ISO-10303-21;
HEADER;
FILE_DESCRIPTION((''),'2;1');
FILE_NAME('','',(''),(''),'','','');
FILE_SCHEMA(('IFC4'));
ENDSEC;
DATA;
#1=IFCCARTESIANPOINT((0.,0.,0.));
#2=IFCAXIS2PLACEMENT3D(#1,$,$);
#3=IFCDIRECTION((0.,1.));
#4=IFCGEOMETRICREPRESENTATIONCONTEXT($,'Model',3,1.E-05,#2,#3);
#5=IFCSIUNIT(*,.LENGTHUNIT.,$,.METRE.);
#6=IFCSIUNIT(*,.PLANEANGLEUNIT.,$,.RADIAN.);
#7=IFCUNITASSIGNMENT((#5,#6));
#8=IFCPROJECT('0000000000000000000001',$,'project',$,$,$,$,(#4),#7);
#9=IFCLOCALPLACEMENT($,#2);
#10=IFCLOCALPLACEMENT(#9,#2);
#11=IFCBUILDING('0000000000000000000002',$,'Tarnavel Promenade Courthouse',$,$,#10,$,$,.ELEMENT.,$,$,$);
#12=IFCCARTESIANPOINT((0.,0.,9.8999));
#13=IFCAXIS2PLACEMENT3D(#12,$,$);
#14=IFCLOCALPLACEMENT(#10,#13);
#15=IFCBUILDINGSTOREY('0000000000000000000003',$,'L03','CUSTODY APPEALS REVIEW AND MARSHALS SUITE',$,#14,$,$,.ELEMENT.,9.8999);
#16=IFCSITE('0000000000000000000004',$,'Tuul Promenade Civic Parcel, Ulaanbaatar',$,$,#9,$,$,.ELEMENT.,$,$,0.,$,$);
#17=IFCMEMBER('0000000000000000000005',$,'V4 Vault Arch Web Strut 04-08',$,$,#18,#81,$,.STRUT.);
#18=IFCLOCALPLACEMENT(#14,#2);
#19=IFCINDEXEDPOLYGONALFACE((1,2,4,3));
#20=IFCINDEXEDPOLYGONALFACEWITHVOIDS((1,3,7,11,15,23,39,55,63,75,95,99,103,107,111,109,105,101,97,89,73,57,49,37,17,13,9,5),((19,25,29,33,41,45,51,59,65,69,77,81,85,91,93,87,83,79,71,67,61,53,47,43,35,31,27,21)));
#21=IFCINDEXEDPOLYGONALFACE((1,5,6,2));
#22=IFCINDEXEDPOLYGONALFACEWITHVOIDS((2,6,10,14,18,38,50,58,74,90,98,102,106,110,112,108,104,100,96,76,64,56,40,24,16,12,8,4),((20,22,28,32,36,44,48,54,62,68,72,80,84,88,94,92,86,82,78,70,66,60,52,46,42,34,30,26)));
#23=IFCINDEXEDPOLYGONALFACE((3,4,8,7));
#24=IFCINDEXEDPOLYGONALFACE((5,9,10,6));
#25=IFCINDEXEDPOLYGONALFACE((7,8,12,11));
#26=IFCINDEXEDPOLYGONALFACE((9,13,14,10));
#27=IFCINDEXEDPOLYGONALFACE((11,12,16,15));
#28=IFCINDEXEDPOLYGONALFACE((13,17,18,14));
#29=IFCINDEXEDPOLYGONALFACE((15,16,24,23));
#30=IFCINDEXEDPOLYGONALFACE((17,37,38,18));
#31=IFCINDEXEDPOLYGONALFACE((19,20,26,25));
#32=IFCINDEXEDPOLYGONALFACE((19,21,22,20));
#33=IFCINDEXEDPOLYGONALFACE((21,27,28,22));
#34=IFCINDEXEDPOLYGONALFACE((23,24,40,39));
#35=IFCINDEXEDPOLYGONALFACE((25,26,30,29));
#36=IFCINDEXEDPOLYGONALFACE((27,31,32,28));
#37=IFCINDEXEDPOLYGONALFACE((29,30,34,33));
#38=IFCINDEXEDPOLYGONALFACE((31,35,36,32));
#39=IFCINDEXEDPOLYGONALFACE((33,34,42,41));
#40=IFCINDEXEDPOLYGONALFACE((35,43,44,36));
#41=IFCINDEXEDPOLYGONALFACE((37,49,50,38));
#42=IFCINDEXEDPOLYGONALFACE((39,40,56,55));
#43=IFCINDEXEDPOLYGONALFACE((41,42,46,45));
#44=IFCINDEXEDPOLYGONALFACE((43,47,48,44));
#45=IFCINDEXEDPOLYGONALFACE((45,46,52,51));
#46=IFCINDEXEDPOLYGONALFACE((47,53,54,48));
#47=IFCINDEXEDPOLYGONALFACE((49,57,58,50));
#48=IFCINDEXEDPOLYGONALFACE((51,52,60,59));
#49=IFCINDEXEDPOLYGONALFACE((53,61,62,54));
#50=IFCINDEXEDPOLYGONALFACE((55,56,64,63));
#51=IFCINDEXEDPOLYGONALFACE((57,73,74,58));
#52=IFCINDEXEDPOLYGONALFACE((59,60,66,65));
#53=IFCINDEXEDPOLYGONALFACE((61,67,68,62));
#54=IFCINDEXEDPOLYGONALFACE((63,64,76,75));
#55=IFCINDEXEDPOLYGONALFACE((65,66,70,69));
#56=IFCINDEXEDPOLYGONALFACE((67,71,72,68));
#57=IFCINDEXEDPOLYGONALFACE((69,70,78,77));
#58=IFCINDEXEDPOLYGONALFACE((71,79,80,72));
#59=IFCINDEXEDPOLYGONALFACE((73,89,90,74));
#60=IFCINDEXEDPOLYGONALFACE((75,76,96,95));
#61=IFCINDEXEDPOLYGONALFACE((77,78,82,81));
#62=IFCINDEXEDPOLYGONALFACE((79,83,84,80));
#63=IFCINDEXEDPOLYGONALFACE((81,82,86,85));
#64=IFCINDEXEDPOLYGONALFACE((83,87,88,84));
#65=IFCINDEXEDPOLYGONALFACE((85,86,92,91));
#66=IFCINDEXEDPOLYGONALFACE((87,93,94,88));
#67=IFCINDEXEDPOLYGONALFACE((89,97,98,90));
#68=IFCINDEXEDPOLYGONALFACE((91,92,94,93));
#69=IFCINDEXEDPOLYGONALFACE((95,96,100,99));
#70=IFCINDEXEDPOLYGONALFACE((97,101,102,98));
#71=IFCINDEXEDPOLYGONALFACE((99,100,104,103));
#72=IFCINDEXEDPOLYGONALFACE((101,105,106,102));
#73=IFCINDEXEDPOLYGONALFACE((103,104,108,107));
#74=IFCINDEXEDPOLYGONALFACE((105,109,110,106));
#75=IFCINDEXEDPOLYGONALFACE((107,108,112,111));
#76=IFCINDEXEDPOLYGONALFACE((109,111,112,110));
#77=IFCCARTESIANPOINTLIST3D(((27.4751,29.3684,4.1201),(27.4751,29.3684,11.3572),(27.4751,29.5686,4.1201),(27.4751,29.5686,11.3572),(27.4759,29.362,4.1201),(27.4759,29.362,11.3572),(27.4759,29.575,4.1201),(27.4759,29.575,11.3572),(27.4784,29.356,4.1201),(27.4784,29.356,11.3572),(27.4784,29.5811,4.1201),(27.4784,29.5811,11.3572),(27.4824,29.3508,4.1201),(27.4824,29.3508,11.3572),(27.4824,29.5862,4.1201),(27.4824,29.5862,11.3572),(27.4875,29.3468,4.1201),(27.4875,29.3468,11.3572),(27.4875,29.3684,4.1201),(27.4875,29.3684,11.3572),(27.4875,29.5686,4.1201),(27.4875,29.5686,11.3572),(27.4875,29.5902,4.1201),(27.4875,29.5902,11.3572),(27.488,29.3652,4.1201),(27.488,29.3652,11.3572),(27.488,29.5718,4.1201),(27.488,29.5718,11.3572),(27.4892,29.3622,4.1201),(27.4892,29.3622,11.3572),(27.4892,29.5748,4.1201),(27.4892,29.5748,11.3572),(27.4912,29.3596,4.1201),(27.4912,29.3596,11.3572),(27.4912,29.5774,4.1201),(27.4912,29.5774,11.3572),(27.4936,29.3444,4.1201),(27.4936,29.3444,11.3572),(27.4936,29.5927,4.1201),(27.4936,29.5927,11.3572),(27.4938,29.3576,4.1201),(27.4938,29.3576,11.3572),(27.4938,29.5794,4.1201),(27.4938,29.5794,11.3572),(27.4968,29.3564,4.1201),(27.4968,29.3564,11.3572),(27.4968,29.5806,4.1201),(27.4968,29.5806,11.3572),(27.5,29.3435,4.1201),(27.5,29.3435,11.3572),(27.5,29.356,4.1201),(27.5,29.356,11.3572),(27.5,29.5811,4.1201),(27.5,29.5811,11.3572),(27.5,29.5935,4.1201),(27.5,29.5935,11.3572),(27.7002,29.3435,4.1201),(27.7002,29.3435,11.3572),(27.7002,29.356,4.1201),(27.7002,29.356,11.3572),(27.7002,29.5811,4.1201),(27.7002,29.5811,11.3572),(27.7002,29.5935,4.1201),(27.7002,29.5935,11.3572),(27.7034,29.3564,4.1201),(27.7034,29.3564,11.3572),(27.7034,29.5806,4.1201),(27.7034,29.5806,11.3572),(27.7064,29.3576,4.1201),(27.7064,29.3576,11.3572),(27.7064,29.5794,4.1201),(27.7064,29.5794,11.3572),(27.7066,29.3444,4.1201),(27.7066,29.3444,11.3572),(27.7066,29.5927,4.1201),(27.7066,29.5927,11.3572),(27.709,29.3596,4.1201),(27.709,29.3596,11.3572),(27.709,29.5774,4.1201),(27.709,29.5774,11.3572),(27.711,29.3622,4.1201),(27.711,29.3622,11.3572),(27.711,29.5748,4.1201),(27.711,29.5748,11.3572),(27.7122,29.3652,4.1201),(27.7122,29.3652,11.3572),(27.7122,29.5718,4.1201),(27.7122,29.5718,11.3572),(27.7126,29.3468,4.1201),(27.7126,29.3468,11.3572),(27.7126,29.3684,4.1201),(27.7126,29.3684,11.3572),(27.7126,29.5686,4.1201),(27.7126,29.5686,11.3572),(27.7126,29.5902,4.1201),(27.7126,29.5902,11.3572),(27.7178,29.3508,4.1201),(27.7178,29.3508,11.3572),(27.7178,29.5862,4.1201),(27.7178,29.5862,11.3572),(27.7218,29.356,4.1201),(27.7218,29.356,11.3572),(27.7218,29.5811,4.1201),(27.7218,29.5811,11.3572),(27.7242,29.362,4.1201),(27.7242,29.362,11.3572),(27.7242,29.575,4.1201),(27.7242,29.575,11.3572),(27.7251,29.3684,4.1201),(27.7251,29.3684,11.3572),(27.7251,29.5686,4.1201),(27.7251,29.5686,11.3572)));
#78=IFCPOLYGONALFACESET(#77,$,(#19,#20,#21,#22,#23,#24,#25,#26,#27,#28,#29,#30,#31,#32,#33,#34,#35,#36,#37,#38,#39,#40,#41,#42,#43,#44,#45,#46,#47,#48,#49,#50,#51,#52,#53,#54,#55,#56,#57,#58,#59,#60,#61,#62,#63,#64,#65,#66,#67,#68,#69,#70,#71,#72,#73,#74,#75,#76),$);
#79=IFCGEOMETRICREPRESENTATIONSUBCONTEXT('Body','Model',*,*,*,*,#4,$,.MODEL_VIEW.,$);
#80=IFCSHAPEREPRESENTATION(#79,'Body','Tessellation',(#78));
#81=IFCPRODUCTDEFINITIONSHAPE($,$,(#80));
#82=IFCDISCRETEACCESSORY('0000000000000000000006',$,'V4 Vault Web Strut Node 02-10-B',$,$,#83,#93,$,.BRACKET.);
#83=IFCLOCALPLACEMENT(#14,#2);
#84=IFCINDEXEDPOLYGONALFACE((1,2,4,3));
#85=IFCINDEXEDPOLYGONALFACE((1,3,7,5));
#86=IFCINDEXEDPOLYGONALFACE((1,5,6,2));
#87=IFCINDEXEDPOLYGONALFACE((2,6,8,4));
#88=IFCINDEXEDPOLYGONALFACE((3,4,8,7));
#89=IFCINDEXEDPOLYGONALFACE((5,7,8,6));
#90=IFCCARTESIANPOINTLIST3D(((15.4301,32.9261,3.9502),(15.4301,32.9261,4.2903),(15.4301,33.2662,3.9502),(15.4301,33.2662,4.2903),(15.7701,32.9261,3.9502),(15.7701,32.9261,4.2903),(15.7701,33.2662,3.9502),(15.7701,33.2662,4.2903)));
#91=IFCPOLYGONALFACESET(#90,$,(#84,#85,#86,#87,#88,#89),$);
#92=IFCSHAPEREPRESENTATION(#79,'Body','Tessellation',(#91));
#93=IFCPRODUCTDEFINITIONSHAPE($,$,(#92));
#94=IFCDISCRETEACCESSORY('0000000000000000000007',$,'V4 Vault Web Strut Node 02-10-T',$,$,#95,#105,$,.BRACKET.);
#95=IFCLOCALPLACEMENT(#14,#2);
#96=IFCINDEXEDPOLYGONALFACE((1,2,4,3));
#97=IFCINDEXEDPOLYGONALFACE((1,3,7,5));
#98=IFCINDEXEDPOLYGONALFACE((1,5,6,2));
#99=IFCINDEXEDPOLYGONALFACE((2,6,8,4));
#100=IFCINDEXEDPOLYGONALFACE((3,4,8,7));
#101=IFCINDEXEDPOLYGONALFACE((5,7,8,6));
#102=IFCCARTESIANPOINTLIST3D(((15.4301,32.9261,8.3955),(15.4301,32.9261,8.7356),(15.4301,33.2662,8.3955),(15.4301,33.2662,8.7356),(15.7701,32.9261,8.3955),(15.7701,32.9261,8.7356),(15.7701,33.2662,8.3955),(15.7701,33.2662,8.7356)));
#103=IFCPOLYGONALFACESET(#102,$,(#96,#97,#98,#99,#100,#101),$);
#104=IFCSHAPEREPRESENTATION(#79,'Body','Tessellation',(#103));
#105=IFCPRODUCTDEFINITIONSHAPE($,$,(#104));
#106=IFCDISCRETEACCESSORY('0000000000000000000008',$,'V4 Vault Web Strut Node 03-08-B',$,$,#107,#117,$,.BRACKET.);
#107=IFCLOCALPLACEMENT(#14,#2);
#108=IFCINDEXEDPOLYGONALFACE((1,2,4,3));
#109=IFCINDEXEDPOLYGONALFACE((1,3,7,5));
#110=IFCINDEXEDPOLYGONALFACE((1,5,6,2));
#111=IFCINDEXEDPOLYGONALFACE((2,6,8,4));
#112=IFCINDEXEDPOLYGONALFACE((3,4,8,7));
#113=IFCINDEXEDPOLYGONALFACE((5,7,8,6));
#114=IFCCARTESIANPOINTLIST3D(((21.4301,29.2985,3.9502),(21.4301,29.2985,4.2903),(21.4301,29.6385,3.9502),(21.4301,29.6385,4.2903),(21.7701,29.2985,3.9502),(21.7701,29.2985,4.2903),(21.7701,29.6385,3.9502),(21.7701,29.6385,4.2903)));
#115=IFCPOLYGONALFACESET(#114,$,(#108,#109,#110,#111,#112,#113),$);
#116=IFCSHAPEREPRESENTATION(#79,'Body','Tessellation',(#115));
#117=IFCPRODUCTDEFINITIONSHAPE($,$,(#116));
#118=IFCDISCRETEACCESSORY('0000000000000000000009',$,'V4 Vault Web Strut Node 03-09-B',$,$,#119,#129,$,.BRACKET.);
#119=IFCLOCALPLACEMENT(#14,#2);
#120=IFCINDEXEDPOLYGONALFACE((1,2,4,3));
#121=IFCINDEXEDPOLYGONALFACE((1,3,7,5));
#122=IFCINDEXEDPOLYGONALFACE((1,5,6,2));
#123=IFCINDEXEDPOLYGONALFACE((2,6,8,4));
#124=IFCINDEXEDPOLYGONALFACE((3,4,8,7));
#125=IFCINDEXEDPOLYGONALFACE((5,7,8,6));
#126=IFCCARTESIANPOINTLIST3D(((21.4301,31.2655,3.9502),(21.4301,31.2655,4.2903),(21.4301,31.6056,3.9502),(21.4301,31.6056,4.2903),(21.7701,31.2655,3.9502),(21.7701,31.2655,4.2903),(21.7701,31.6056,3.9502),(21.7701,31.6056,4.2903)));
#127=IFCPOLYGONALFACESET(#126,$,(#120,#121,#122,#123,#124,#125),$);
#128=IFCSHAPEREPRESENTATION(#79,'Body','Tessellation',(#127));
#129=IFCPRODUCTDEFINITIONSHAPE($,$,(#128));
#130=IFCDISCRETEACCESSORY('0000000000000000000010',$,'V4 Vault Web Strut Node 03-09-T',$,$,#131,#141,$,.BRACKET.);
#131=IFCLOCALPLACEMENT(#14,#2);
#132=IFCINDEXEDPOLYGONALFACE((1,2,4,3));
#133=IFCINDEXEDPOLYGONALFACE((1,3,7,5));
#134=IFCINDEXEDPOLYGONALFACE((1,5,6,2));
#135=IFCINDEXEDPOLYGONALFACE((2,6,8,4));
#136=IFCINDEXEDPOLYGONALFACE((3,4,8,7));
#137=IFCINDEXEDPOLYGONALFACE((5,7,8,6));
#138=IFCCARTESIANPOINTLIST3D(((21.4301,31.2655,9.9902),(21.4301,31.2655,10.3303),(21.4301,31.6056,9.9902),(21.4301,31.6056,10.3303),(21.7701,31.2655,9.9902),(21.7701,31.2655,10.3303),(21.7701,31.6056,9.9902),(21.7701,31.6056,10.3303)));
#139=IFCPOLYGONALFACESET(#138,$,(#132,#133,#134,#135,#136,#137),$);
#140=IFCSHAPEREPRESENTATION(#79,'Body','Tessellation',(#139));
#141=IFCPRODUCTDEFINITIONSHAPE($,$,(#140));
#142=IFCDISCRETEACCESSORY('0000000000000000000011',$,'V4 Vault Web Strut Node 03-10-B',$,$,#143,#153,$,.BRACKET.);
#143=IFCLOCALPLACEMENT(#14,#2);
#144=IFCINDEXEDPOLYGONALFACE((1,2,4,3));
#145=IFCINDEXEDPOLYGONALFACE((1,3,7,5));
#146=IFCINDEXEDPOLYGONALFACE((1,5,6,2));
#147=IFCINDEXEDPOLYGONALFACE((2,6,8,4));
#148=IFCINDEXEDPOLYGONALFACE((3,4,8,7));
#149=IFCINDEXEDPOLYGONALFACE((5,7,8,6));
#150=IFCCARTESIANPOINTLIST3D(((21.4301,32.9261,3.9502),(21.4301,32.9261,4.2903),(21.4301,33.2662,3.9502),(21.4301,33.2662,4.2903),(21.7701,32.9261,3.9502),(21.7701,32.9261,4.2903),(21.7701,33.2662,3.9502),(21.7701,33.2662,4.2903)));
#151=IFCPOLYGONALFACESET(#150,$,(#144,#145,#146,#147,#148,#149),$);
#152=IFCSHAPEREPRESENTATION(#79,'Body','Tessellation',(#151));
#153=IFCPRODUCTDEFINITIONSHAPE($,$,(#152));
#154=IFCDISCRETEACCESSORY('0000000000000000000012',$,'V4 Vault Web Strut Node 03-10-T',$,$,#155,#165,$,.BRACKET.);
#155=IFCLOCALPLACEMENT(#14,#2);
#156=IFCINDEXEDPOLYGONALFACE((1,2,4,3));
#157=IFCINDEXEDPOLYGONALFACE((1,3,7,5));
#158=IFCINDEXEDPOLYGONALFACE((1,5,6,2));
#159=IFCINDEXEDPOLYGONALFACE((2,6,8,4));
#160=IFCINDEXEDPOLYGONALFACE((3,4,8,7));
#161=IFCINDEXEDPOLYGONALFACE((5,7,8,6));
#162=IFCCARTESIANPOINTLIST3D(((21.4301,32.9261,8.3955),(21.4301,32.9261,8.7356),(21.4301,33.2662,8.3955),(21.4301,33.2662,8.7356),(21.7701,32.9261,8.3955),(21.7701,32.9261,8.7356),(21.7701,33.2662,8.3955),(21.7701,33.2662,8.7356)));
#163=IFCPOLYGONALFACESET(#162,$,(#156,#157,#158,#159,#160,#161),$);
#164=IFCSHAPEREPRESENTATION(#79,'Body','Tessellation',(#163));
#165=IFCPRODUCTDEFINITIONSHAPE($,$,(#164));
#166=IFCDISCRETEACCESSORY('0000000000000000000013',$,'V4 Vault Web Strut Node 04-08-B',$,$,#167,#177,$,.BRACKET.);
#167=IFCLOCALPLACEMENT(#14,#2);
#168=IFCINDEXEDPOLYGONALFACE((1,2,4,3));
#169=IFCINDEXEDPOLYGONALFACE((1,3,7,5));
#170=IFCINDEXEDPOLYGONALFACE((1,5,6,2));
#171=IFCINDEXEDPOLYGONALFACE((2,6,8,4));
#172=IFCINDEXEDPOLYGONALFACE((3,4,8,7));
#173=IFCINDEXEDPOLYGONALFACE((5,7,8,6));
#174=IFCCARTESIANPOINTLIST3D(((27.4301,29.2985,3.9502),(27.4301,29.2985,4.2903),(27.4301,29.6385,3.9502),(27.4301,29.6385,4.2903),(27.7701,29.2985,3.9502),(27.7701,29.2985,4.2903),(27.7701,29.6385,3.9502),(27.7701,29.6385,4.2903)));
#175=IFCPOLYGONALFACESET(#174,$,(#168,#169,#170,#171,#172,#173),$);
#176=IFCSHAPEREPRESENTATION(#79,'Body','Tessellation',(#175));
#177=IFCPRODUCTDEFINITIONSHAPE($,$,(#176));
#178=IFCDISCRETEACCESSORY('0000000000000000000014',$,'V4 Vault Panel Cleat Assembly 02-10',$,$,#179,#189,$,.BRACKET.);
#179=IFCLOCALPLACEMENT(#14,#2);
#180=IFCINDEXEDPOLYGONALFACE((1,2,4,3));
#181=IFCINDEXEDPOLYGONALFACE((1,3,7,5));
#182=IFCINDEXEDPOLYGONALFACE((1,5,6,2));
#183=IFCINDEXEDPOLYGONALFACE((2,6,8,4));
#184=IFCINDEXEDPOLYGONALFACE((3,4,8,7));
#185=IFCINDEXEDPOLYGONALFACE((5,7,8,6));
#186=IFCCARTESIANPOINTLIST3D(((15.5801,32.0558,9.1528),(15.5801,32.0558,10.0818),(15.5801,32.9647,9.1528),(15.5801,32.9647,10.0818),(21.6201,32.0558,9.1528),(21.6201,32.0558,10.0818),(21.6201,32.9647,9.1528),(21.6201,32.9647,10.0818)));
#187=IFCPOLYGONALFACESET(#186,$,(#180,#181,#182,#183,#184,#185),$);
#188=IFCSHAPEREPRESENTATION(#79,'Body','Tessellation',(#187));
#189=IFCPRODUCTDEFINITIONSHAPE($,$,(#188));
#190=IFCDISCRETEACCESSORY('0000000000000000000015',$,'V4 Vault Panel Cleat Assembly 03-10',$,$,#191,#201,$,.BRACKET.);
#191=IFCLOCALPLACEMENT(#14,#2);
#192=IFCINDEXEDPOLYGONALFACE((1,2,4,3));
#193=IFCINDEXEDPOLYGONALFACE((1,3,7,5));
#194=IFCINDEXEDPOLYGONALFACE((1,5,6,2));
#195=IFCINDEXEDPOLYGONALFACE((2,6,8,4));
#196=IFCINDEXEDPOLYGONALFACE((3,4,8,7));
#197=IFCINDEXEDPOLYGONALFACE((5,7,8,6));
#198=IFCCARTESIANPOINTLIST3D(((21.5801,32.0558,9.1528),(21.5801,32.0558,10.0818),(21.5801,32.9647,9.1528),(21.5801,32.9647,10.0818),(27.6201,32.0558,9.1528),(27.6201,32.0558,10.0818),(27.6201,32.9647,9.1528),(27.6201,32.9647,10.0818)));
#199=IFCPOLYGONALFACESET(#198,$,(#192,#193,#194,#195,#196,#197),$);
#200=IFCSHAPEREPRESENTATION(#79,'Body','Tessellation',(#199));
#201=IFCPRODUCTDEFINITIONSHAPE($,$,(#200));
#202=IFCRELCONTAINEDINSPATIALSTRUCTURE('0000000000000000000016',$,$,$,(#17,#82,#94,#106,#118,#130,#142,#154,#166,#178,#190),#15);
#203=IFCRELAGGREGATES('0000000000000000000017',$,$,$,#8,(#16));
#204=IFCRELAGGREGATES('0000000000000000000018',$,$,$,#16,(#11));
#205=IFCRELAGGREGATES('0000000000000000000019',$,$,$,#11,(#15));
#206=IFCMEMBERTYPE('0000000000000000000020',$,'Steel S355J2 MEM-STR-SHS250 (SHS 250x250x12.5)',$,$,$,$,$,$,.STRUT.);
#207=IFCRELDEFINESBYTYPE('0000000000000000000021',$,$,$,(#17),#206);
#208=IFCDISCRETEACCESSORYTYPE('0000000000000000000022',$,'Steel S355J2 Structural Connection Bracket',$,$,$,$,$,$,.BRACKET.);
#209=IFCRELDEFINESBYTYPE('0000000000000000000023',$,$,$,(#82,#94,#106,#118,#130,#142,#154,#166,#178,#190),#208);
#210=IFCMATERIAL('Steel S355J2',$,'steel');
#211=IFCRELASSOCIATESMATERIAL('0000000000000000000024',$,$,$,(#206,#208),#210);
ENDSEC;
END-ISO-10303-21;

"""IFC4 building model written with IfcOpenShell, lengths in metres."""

from ifc_helpers import new_model, si_unit, direction, frame, origin, origin_2d, place, context, subcontext, project, spatial, rectangle, hollow_rectangle, extrude, material, material_profile, profile_set, type_object, element, save


model = new_model("IFC4")

# Units and contexts
model_context = context("Model", 3, precision=1e-05, world=origin(), true_north=direction((0.0, 1.0)))
body_context = subcontext(model_context, "Body", "Model", "MODEL_VIEW")
ifc_project = project(units=[si_unit("LENGTHUNIT", "METRE"), si_unit("PLANEANGLEUNIT", "RADIAN")], contexts=[model_context])

# Site, building, storey
site_placement = place(None, origin())
site = spatial("IfcSite", under=ifc_project, at=site_placement, Name="Tuul Promenade Civic Parcel, Ulaanbaatar", CompositionType="ELEMENT", RefElevation=0.0)
building_placement = place(site_placement, origin())
building = spatial("IfcBuilding", under=site, at=building_placement, Name="Tarnavel Promenade Courthouse", CompositionType="ELEMENT")
storey_placement = place(building_placement, frame((0.0, 0.0, 9.8999)))
storey = spatial("IfcBuildingStorey", under=building, at=storey_placement, Name="L03", Description="CUSTODY APPEALS REVIEW AND MARSHALS SUITE", CompositionType="ELEMENT", Elevation=9.8999)

# Shared definitions
ifc_material_1 = material(Name="Steel S355J2", Category="steel")

# Member
ifc_material_profile_1 = material_profile(ifc_material_1, hollow_rectangle(XDim=0.25, YDim=0.25, WallThickness=0.0125, InnerFilletRadius=0.0125, OuterFilletRadius=0.0249, at=origin_2d()), Name="SHS 250x250x12.5")
ifc_profile_set_1 = profile_set([ifc_material_profile_1], Name="Steel S355J2")
member_type_1 = type_object("IfcMemberType", Name="Steel S355J2 MEM-STR-SHS250 (SHS 250x250x12.5)", PredefinedType="STRUT", material=ifc_profile_set_1)
member_1_placement = place(storey_placement, frame((27.6001, 29.4685, 4.1201), z_axis=(0.0, 0.0, 1.0), x_axis=(1.0, 0.0, 0.0)))
element("IfcMember", 1, at=member_1_placement, inside=storey, type_object=member_type_1, Name="V4 Vault Arch Web Strut 04-08", PredefinedType="STRUT", context=body_context, shape_type="SweptSolid", body=[
    extrude(hollow_rectangle(XDim=0.25, YDim=0.25, WallThickness=0.0125, InnerFilletRadius=0.0125, OuterFilletRadius=0.0249, at=origin_2d()), origin(), (0.0, 0.0, 1.0), 7.2371),
])

# Discrete accessories
discrete_accessory_type = type_object("IfcDiscreteAccessoryType", Name="Steel S355J2 Structural Connection Bracket", PredefinedType="BRACKET", material=ifc_material_1)
for number, where, z_axis, x_axis, name in (
    (2, (15.6001, 33.0962, 3.9502), (0.0, 0.0, 1.0), (1.0, 0.0, 0.0), "V4 Vault Web Strut Node 02-10-B"),
    (3, (15.6001, 33.0962, 8.3955), (0.0, 0.0, 1.0), (1.0, 0.0, 0.0), "V4 Vault Web Strut Node 02-10-T"),
    (4, (21.6001, 29.4685, 3.9502), (0.0, 0.0, 1.0), (1.0, 0.0, 0.0), "V4 Vault Web Strut Node 03-08-B"),
    (5, (21.6001, 31.4355, 3.9502), (0.0, 0.0, 1.0), (1.0, 0.0, 0.0), "V4 Vault Web Strut Node 03-09-B"),
    (6, (21.6001, 31.4355, 9.9902), (0.0, 0.0, 1.0), (1.0, 0.0, 0.0), "V4 Vault Web Strut Node 03-09-T"),
    (7, (21.6001, 33.0962, 3.9502), (0.0, 0.0, 1.0), (1.0, 0.0, 0.0), "V4 Vault Web Strut Node 03-10-B"),
    (8, (21.6001, 33.0962, 8.3955), (0.0, 0.0, 1.0), (1.0, 0.0, 0.0), "V4 Vault Web Strut Node 03-10-T"),
    (9, (27.6001, 29.4685, 3.9502), (0.0, 0.0, 1.0), (1.0, 0.0, 0.0), "V4 Vault Web Strut Node 04-08-B"),
):
    element("IfcDiscreteAccessory", number, at=place(storey_placement, frame(where, z_axis=z_axis, x_axis=x_axis)), inside=storey, type_object=discrete_accessory_type, Name=name, PredefinedType="BRACKET", context=body_context, shape_type="SweptSolid", body=[
        extrude(rectangle(XDim=0.3401, YDim=0.3401, at=origin_2d()), origin(), (0.0, 0.0, 1.0), 0.3401),
    ])
for number, where, z_axis, x_axis, name in (
    (10, (18.6001, 32.5103, 9.1528), (0.0, 0.0, 1.0), (1.0, 0.0, 0.0), "V4 Vault Panel Cleat Assembly 02-10"),
    (11, (24.6001, 32.5103, 9.1528), (0.0, 0.0, 1.0), (1.0, 0.0, 0.0), "V4 Vault Panel Cleat Assembly 03-10"),
):
    element("IfcDiscreteAccessory", number, at=place(storey_placement, frame(where, z_axis=z_axis, x_axis=x_axis)), inside=storey, type_object=discrete_accessory_type, Name=name, PredefinedType="BRACKET", context=body_context, shape_type="SweptSolid", body=[
        extrude(rectangle(XDim=6.04, YDim=0.9089, at=origin_2d()), origin(), (0.0, 0.0, 1.0), 0.929),
    ])

save(model, "model.ifc")
